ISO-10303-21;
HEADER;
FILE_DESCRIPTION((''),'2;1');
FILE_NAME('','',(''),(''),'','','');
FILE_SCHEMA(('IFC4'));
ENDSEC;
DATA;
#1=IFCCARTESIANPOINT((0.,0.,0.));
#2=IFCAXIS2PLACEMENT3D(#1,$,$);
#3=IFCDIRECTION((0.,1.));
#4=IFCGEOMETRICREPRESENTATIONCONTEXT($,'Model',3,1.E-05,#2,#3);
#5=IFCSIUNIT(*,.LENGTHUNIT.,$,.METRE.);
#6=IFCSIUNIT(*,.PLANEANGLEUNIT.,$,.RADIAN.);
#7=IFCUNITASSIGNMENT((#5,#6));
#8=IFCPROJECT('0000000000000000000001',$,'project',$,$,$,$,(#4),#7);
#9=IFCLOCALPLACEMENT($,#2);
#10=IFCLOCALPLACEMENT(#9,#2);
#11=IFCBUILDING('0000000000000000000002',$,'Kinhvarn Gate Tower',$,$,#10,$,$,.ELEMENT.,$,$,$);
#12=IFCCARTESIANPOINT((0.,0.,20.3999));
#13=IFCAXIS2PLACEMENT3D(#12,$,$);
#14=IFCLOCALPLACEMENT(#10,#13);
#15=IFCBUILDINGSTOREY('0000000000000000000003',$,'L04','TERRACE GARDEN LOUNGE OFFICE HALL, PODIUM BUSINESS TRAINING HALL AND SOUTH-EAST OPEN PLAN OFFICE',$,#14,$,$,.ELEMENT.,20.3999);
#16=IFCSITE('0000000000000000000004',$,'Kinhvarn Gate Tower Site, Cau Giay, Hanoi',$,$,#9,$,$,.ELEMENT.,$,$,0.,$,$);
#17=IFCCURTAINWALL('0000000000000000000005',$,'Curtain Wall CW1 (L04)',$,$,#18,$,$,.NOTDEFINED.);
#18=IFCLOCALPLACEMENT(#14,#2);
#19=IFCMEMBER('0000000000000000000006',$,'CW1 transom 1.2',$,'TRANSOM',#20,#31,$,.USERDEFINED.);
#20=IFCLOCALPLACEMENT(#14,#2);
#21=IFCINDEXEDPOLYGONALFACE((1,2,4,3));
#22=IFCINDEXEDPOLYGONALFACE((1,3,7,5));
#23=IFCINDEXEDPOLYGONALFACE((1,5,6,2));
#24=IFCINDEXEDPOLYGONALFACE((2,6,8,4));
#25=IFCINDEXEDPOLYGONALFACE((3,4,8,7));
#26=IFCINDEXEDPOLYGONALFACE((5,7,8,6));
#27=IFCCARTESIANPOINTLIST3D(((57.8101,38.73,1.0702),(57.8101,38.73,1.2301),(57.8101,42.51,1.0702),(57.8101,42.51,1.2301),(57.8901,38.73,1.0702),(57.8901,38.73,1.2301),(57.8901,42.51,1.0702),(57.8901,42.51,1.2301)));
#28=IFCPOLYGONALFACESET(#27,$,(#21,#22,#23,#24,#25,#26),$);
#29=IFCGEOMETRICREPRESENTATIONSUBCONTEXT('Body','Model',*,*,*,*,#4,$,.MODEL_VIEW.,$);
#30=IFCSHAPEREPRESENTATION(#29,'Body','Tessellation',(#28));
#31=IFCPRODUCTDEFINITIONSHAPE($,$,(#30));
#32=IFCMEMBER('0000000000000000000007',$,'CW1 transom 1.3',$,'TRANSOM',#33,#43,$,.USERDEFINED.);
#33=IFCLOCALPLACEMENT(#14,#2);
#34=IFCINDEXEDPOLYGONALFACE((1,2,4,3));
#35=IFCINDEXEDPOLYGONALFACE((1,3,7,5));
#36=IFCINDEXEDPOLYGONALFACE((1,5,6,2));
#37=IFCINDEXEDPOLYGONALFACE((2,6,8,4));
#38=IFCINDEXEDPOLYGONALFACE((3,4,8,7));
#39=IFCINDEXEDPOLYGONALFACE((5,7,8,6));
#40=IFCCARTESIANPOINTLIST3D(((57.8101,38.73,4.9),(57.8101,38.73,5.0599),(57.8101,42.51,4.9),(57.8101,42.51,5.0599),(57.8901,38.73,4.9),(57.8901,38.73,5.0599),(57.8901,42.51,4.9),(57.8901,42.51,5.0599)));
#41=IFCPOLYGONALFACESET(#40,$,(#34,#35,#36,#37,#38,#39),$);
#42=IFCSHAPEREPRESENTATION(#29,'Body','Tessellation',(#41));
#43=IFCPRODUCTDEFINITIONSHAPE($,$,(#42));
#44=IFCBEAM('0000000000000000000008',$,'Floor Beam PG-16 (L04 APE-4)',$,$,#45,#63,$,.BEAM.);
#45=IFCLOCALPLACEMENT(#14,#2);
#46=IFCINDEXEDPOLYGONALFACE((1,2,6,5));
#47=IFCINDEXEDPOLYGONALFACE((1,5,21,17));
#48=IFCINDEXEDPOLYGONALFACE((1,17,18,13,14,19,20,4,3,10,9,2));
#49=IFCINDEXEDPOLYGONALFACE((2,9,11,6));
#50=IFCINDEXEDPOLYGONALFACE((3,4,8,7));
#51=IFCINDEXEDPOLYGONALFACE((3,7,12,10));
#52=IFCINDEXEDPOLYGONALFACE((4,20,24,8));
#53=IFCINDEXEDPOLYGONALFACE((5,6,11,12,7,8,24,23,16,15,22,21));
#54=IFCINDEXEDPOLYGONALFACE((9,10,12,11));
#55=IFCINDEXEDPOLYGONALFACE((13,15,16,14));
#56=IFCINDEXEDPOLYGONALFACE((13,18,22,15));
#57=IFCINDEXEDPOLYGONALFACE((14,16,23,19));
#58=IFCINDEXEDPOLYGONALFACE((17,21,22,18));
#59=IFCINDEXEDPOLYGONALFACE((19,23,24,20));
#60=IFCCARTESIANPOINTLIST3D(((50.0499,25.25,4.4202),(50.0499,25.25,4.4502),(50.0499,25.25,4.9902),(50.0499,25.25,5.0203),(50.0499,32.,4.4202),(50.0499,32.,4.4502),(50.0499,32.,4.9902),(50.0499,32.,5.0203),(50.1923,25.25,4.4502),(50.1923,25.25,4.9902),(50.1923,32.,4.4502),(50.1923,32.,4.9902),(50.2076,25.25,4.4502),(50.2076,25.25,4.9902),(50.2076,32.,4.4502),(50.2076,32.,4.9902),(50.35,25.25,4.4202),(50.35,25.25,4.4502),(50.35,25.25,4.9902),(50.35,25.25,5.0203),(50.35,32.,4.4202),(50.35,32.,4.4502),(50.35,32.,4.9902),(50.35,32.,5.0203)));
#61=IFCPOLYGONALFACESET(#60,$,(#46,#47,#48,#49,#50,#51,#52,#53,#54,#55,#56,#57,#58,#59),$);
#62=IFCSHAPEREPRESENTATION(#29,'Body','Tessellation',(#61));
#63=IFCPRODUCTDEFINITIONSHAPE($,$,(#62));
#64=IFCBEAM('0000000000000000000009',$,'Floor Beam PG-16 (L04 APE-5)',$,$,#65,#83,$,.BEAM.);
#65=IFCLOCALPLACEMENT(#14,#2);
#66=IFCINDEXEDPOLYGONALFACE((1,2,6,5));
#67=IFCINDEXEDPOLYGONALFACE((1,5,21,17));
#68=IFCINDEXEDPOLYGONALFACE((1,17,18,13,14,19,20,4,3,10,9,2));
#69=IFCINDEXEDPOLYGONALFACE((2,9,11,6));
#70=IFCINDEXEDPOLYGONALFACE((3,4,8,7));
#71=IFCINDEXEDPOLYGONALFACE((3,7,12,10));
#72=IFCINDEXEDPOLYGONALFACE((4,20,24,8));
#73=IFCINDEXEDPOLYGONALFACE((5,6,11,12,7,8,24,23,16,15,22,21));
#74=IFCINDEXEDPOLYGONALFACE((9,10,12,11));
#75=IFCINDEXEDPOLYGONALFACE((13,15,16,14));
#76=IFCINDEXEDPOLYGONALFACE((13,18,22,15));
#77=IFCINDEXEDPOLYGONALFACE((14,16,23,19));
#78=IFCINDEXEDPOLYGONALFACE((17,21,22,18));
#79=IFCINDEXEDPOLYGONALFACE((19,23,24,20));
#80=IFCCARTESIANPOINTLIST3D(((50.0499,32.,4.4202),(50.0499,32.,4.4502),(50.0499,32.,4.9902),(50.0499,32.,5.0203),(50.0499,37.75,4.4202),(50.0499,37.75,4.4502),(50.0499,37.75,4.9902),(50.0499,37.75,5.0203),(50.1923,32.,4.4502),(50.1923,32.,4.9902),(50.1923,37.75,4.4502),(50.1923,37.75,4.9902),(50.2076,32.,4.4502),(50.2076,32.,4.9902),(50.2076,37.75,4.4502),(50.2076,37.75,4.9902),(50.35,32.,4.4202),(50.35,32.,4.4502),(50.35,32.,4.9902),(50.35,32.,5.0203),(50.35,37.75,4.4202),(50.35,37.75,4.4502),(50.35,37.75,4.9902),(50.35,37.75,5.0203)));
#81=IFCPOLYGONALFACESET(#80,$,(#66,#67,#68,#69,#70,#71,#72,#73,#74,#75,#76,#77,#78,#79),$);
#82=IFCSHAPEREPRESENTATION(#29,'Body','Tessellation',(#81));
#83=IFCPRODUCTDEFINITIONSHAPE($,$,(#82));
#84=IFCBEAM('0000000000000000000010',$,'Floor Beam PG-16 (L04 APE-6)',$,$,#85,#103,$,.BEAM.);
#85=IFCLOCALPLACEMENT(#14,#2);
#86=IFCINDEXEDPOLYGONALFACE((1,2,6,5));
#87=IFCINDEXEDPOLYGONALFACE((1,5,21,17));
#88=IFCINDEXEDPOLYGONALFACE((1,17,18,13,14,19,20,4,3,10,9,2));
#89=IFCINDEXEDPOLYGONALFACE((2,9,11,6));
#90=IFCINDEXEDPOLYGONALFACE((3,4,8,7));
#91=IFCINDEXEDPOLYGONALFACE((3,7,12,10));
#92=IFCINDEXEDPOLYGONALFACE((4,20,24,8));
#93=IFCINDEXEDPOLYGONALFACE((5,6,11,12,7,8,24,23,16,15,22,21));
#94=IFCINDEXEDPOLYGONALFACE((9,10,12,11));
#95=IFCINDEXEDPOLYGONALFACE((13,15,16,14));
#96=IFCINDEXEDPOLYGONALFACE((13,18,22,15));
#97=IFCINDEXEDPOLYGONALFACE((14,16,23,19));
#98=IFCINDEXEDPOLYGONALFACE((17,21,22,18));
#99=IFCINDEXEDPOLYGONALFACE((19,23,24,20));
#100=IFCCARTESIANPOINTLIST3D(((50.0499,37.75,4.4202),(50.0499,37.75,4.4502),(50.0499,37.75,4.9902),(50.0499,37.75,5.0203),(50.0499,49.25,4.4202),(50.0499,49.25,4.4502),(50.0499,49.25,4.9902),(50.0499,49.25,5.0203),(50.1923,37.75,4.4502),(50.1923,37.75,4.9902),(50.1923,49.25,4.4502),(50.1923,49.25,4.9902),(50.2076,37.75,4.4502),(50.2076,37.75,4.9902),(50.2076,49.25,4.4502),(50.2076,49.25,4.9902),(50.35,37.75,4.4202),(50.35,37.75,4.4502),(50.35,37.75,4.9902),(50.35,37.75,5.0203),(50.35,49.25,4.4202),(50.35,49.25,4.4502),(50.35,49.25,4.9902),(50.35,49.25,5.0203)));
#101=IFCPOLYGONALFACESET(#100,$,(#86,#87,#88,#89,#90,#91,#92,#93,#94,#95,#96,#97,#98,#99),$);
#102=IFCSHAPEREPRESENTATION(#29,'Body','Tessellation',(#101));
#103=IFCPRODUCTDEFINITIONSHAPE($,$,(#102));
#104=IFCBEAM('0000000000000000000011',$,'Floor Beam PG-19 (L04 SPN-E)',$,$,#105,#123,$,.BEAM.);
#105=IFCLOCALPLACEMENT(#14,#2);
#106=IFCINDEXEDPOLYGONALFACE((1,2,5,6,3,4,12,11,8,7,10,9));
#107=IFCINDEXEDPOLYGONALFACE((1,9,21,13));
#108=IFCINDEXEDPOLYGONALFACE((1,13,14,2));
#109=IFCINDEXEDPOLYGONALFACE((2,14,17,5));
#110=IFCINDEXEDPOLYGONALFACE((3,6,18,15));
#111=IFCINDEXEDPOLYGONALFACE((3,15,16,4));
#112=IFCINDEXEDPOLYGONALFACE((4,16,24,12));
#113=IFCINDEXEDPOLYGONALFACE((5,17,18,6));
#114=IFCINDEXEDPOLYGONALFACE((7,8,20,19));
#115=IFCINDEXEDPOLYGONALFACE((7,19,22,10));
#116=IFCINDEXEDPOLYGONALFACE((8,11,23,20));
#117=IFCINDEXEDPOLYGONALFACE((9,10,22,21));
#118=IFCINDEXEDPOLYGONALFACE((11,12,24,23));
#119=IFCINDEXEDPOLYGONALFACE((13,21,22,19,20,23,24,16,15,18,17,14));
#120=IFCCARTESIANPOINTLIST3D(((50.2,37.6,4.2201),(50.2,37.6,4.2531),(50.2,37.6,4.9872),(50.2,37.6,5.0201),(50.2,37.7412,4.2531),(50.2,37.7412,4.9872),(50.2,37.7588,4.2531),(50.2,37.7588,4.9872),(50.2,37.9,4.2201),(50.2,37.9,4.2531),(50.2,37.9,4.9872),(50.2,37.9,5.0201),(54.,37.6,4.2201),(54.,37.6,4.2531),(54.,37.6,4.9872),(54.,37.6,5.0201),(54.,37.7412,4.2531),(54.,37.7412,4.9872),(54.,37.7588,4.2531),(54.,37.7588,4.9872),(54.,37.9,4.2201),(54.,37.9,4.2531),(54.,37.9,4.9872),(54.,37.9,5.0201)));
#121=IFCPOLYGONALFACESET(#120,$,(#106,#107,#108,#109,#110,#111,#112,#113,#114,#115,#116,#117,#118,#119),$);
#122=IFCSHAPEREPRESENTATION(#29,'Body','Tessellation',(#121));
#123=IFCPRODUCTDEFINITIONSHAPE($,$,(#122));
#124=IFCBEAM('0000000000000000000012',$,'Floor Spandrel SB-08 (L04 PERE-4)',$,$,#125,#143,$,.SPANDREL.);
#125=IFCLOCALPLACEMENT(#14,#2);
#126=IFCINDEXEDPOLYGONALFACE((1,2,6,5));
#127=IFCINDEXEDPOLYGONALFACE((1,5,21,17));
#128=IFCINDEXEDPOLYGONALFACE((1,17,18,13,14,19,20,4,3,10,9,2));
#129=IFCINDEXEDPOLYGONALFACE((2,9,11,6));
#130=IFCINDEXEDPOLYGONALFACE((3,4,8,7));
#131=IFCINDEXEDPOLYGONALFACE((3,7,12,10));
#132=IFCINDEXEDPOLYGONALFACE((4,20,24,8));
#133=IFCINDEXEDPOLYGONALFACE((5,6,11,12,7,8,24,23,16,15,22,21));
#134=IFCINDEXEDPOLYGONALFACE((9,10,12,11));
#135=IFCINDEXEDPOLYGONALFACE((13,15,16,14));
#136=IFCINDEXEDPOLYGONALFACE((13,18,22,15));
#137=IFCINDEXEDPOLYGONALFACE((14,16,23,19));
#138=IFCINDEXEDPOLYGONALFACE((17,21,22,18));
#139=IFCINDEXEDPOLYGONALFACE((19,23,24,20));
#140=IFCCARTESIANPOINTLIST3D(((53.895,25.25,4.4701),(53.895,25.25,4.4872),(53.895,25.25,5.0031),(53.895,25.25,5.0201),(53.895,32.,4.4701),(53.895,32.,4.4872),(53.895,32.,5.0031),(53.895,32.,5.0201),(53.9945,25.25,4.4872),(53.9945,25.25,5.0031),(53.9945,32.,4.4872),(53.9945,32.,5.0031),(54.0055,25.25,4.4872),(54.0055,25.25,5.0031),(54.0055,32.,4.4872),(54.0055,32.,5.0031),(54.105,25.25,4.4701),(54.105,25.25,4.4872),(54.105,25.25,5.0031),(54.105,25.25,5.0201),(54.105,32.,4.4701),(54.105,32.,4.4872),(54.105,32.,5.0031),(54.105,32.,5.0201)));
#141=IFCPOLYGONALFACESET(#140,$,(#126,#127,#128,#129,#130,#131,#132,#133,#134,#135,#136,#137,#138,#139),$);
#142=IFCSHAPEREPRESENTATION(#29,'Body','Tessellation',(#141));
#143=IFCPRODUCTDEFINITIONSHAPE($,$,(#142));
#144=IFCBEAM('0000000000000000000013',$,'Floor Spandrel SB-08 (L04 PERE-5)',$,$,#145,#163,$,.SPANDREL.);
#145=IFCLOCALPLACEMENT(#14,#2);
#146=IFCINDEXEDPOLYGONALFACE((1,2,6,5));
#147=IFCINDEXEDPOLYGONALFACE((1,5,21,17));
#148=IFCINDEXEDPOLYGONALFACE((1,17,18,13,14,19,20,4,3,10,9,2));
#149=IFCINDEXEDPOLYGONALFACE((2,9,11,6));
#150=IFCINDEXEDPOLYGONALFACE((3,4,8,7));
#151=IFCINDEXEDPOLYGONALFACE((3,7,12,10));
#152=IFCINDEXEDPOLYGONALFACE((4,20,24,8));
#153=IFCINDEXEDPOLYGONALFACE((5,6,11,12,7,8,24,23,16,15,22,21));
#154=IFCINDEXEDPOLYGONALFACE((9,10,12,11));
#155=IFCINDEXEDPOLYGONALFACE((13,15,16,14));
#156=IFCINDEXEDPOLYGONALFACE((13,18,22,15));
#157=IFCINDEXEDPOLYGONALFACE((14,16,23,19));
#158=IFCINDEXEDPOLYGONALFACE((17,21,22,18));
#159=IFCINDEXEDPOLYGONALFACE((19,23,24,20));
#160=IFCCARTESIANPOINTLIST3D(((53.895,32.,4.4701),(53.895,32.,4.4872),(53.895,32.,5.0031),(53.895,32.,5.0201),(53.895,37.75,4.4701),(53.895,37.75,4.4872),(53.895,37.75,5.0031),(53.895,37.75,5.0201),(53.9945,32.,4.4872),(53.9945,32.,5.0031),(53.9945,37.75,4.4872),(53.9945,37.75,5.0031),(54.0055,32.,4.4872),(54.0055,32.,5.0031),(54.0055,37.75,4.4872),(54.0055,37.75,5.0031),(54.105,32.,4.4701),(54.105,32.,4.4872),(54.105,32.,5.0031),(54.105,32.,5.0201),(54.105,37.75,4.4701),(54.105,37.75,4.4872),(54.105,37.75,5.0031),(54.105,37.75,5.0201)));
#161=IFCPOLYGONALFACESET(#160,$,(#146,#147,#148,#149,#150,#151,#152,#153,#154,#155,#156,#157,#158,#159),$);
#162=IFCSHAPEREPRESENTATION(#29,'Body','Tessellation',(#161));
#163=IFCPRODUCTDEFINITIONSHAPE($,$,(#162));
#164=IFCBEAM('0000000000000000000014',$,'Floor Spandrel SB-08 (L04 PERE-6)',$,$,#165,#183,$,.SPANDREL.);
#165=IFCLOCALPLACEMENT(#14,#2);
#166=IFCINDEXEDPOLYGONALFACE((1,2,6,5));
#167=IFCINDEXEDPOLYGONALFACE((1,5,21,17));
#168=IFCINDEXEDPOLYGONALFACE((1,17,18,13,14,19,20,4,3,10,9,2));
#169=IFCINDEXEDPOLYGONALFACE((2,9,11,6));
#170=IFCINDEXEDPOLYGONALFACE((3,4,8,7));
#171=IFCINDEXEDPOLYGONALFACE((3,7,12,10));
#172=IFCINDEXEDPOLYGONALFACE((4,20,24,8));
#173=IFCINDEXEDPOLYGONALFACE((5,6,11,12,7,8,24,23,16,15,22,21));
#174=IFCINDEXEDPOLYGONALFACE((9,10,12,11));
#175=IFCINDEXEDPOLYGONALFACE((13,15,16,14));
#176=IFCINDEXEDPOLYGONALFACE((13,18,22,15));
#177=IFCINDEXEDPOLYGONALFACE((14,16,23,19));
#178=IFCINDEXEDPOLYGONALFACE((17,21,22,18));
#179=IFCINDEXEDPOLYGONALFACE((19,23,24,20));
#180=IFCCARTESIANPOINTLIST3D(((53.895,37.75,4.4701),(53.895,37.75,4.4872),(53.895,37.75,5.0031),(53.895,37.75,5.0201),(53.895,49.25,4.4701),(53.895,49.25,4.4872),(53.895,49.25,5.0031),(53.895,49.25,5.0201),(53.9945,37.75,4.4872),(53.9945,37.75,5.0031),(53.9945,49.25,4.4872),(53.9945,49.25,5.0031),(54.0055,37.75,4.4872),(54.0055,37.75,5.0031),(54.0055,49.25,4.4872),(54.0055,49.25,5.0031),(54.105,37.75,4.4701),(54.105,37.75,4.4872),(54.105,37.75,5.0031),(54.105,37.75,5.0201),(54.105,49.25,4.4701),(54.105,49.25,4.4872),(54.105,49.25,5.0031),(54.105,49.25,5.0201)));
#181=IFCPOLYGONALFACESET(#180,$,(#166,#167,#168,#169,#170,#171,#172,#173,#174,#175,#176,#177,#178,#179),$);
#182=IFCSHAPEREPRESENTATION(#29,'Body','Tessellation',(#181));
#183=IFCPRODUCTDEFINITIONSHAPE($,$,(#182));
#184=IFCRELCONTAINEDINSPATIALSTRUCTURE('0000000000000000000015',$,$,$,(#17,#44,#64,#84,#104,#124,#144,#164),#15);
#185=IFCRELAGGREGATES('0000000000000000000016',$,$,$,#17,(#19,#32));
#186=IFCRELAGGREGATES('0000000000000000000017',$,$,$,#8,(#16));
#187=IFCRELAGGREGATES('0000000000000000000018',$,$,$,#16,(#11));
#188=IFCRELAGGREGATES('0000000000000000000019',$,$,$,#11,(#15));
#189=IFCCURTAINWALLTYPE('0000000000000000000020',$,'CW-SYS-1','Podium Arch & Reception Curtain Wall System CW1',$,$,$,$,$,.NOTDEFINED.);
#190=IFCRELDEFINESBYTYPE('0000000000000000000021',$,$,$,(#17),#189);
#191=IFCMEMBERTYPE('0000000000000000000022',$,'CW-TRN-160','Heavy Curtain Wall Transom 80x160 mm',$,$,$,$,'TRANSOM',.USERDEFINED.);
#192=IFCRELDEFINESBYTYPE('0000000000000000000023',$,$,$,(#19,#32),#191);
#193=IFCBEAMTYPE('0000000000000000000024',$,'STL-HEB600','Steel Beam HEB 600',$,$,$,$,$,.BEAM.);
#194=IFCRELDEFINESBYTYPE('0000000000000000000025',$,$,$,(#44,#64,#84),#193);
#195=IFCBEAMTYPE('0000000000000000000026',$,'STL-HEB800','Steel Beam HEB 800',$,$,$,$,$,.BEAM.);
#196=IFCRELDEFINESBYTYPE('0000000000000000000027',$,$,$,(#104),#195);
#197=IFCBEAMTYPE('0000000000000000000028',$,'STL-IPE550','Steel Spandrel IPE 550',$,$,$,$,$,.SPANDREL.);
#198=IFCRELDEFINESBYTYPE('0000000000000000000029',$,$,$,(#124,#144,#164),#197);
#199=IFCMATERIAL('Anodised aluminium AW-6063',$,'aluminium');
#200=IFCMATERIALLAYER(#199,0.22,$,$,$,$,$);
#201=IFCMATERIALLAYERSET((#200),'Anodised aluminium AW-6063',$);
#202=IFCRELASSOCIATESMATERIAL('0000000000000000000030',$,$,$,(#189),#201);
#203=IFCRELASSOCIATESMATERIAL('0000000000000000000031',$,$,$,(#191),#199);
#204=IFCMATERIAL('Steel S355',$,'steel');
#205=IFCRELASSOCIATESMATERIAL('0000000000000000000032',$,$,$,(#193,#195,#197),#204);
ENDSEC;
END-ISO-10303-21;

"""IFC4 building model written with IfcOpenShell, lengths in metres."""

from ifc_helpers import new_model, si_unit, direction, frame, origin, origin_2d, place, context, subcontext, project, spatial, rectangle, i_section, extrude, material, layer, layer_set, material_profile, profile_set, type_object, element, aggregate, save


model = new_model("IFC4")

# Units and contexts
model_context = context("Model", 3, precision=1e-05, world=origin(), true_north=direction((0.0, 1.0)))
body_context = subcontext(model_context, "Body", "Model", "MODEL_VIEW")
ifc_project = project(units=[si_unit("LENGTHUNIT", "METRE"), si_unit("PLANEANGLEUNIT", "RADIAN")], contexts=[model_context])

# Site, building, storey
site_placement = place(None, origin())
site = spatial("IfcSite", under=ifc_project, at=site_placement, Name="Kinhvarn Gate Tower Site, Cau Giay, Hanoi", CompositionType="ELEMENT", RefElevation=0.0)
building_placement = place(site_placement, origin())
building = spatial("IfcBuilding", under=site, at=building_placement, Name="Kinhvarn Gate Tower", CompositionType="ELEMENT")
storey_placement = place(building_placement, frame((0.0, 0.0, 20.3999)))
storey = spatial("IfcBuildingStorey", under=building, at=storey_placement, Name="L04", Description="TERRACE GARDEN LOUNGE OFFICE HALL, PODIUM BUSINESS TRAINING HALL AND SOUTH-EAST OPEN PLAN OFFICE", CompositionType="ELEMENT", Elevation=20.3999)

# Shared definitions
ifc_material_1 = material(Name="Anodised aluminium AW-6063", Category="aluminium")
ifc_layer_1 = layer(ifc_material_1, 0.22)
ifc_layer_set_1 = layer_set([ifc_layer_1], Name="Anodised aluminium AW-6063")
curtain_wall_type = type_object("IfcCurtainWallType", Name="CW-SYS-1", Description="Podium Arch & Reception Curtain Wall System CW1", PredefinedType="NOTDEFINED", material=ifc_layer_set_1)

# Curtain wall
curtain_wall_1_placement = place(storey_placement, origin())
curtain_wall_1 = element("IfcCurtainWall", 1, at=curtain_wall_1_placement, inside=storey, type_object=curtain_wall_type, Name="Curtain Wall CW1 (L04)", PredefinedType="NOTDEFINED")

# Members
ifc_material_profile_1 = material_profile(ifc_material_1, rectangle(XDim=0.0801, YDim=0.1599, at=origin_2d()), Name="ALU 80x160")
ifc_profile_set_1 = profile_set([ifc_material_profile_1], Name="Anodised aluminium AW-6063")
member_type_1 = type_object("IfcMemberType", Name="CW-TRN-160", Description="Heavy Curtain Wall Transom 80x160 mm", ElementType="TRANSOM", PredefinedType="USERDEFINED", material=ifc_profile_set_1)
member_1_placement = place(storey_placement, frame((57.8501, 38.73, 1.1501), z_axis=(0.0, 1.0, 0.0), x_axis=(-1.0, 0.0, 0.0)))
member_1 = element("IfcMember", 2, at=member_1_placement, type_object=member_type_1, Name="CW1 transom 1.2", ObjectType="TRANSOM", PredefinedType="USERDEFINED", context=body_context, shape_type="SweptSolid", body=[
    extrude(rectangle(XDim=0.0801, YDim=0.1599, at=origin_2d()), origin(), (0.0, 0.0, 1.0), 3.78),
])
member_2_placement = place(storey_placement, frame((57.8501, 38.73, 4.98), z_axis=(0.0, 1.0, 0.0), x_axis=(-1.0, 0.0, 0.0)))
member_2 = element("IfcMember", 3, at=member_2_placement, type_object=member_type_1, Name="CW1 transom 1.3", ObjectType="TRANSOM", PredefinedType="USERDEFINED", context=body_context, shape_type="SweptSolid", body=[
    extrude(rectangle(XDim=0.0801, YDim=0.1599, at=origin_2d()), origin(), (0.0, 0.0, 1.0), 3.78),
])
aggregate(curtain_wall_1, [member_1, member_2])

# Beams
ifc_material_2 = material(Name="Steel S355", Category="steel")
ifc_material_profile_2 = material_profile(ifc_material_2, i_section(OverallWidth=0.3, OverallDepth=0.6001, WebThickness=0.0154, FlangeThickness=0.03, at=origin_2d()), Name="HEB 600")
ifc_profile_set_2 = profile_set([ifc_material_profile_2], Name="Steel S355")
beam_type_1 = type_object("IfcBeamType", Name="STL-HEB600", Description="Steel Beam HEB 600", PredefinedType="BEAM", material=ifc_profile_set_2)
beam_1_placement = place(storey_placement, frame((50.2, 25.25, 4.7202), z_axis=(0.0, 1.0, 0.0), x_axis=(-1.0, 0.0, 0.0)))
element("IfcBeam", 4, at=beam_1_placement, inside=storey, type_object=beam_type_1, Name="Floor Beam PG-16 (L04 APE-4)", PredefinedType="BEAM", context=body_context, shape_type="SweptSolid", body=[
    extrude(i_section(OverallWidth=0.3, OverallDepth=0.6001, WebThickness=0.0154, FlangeThickness=0.03, at=origin_2d()), origin(), (0.0, 0.0, 1.0), 6.75),
])
beam_2_placement = place(storey_placement, frame((50.2, 32.0, 4.7202), z_axis=(0.0, 1.0, 0.0), x_axis=(-1.0, 0.0, 0.0)))
element("IfcBeam", 5, at=beam_2_placement, inside=storey, type_object=beam_type_1, Name="Floor Beam PG-16 (L04 APE-5)", PredefinedType="BEAM", context=body_context, shape_type="SweptSolid", body=[
    extrude(i_section(OverallWidth=0.3, OverallDepth=0.6001, WebThickness=0.0154, FlangeThickness=0.03, at=origin_2d()), origin(), (0.0, 0.0, 1.0), 5.75),
])
beam_3_placement = place(storey_placement, frame((50.2, 37.75, 4.7202), z_axis=(0.0, 1.0, 0.0), x_axis=(-1.0, 0.0, 0.0)))
element("IfcBeam", 6, at=beam_3_placement, inside=storey, type_object=beam_type_1, Name="Floor Beam PG-16 (L04 APE-6)", PredefinedType="BEAM", context=body_context, shape_type="SweptSolid", body=[
    extrude(i_section(OverallWidth=0.3, OverallDepth=0.6001, WebThickness=0.0154, FlangeThickness=0.03, at=origin_2d()), origin(), (0.0, 0.0, 1.0), 11.5),
])
ifc_material_profile_3 = material_profile(ifc_material_2, i_section(OverallWidth=0.3, OverallDepth=0.8, WebThickness=0.0176, FlangeThickness=0.033, at=origin_2d()), Name="HEB 800")
ifc_profile_set_3 = profile_set([ifc_material_profile_3], Name="Steel S355")
beam_type_2 = type_object("IfcBeamType", Name="STL-HEB800", Description="Steel Beam HEB 800", PredefinedType="BEAM", material=ifc_profile_set_3)
beam_4_placement = place(storey_placement, frame((50.2, 37.75, 4.6201), z_axis=(1.0, 0.0, 0.0), x_axis=(0.0, 1.0, 0.0)))
element("IfcBeam", 7, at=beam_4_placement, inside=storey, type_object=beam_type_2, Name="Floor Beam PG-19 (L04 SPN-E)", PredefinedType="BEAM", context=body_context, shape_type="SweptSolid", body=[
    extrude(i_section(OverallWidth=0.3, OverallDepth=0.8, WebThickness=0.0176, FlangeThickness=0.033, at=origin_2d()), origin(), (0.0, 0.0, 1.0), 3.8),
])
ifc_material_profile_4 = material_profile(ifc_material_2, i_section(OverallWidth=0.21, OverallDepth=0.55, WebThickness=0.011, FlangeThickness=0.0171, at=origin_2d()), Name="IPE 550")
ifc_profile_set_4 = profile_set([ifc_material_profile_4], Name="Steel S355")
beam_type_3 = type_object("IfcBeamType", Name="STL-IPE550", Description="Steel Spandrel IPE 550", PredefinedType="SPANDREL", material=ifc_profile_set_4)
beam_5_placement = place(storey_placement, frame((54.0, 25.25, 4.7451), z_axis=(0.0, 1.0, 0.0), x_axis=(-1.0, 0.0, 0.0)))
element("IfcBeam", 8, at=beam_5_placement, inside=storey, type_object=beam_type_3, Name="Floor Spandrel SB-08 (L04 PERE-4)", PredefinedType="SPANDREL", context=body_context, shape_type="SweptSolid", body=[
    extrude(i_section(OverallWidth=0.21, OverallDepth=0.55, WebThickness=0.011, FlangeThickness=0.0171, at=origin_2d()), origin(), (0.0, 0.0, 1.0), 6.75),
])
beam_6_placement = place(storey_placement, frame((54.0, 32.0, 4.7451), z_axis=(0.0, 1.0, 0.0), x_axis=(-1.0, 0.0, 0.0)))
element("IfcBeam", 9, at=beam_6_placement, inside=storey, type_object=beam_type_3, Name="Floor Spandrel SB-08 (L04 PERE-5)", PredefinedType="SPANDREL", context=body_context, shape_type="SweptSolid", body=[
    extrude(i_section(OverallWidth=0.21, OverallDepth=0.55, WebThickness=0.011, FlangeThickness=0.0171, at=origin_2d()), origin(), (0.0, 0.0, 1.0), 5.75),
])
beam_7_placement = place(storey_placement, frame((54.0, 37.75, 4.7451), z_axis=(0.0, 1.0, 0.0), x_axis=(-1.0, 0.0, 0.0)))
element("IfcBeam", 10, at=beam_7_placement, inside=storey, type_object=beam_type_3, Name="Floor Spandrel SB-08 (L04 PERE-6)", PredefinedType="SPANDREL", context=body_context, shape_type="SweptSolid", body=[
    extrude(i_section(OverallWidth=0.21, OverallDepth=0.55, WebThickness=0.011, FlangeThickness=0.0171, at=origin_2d()), origin(), (0.0, 0.0, 1.0), 11.5),
])

save(model, "model.ifc")
